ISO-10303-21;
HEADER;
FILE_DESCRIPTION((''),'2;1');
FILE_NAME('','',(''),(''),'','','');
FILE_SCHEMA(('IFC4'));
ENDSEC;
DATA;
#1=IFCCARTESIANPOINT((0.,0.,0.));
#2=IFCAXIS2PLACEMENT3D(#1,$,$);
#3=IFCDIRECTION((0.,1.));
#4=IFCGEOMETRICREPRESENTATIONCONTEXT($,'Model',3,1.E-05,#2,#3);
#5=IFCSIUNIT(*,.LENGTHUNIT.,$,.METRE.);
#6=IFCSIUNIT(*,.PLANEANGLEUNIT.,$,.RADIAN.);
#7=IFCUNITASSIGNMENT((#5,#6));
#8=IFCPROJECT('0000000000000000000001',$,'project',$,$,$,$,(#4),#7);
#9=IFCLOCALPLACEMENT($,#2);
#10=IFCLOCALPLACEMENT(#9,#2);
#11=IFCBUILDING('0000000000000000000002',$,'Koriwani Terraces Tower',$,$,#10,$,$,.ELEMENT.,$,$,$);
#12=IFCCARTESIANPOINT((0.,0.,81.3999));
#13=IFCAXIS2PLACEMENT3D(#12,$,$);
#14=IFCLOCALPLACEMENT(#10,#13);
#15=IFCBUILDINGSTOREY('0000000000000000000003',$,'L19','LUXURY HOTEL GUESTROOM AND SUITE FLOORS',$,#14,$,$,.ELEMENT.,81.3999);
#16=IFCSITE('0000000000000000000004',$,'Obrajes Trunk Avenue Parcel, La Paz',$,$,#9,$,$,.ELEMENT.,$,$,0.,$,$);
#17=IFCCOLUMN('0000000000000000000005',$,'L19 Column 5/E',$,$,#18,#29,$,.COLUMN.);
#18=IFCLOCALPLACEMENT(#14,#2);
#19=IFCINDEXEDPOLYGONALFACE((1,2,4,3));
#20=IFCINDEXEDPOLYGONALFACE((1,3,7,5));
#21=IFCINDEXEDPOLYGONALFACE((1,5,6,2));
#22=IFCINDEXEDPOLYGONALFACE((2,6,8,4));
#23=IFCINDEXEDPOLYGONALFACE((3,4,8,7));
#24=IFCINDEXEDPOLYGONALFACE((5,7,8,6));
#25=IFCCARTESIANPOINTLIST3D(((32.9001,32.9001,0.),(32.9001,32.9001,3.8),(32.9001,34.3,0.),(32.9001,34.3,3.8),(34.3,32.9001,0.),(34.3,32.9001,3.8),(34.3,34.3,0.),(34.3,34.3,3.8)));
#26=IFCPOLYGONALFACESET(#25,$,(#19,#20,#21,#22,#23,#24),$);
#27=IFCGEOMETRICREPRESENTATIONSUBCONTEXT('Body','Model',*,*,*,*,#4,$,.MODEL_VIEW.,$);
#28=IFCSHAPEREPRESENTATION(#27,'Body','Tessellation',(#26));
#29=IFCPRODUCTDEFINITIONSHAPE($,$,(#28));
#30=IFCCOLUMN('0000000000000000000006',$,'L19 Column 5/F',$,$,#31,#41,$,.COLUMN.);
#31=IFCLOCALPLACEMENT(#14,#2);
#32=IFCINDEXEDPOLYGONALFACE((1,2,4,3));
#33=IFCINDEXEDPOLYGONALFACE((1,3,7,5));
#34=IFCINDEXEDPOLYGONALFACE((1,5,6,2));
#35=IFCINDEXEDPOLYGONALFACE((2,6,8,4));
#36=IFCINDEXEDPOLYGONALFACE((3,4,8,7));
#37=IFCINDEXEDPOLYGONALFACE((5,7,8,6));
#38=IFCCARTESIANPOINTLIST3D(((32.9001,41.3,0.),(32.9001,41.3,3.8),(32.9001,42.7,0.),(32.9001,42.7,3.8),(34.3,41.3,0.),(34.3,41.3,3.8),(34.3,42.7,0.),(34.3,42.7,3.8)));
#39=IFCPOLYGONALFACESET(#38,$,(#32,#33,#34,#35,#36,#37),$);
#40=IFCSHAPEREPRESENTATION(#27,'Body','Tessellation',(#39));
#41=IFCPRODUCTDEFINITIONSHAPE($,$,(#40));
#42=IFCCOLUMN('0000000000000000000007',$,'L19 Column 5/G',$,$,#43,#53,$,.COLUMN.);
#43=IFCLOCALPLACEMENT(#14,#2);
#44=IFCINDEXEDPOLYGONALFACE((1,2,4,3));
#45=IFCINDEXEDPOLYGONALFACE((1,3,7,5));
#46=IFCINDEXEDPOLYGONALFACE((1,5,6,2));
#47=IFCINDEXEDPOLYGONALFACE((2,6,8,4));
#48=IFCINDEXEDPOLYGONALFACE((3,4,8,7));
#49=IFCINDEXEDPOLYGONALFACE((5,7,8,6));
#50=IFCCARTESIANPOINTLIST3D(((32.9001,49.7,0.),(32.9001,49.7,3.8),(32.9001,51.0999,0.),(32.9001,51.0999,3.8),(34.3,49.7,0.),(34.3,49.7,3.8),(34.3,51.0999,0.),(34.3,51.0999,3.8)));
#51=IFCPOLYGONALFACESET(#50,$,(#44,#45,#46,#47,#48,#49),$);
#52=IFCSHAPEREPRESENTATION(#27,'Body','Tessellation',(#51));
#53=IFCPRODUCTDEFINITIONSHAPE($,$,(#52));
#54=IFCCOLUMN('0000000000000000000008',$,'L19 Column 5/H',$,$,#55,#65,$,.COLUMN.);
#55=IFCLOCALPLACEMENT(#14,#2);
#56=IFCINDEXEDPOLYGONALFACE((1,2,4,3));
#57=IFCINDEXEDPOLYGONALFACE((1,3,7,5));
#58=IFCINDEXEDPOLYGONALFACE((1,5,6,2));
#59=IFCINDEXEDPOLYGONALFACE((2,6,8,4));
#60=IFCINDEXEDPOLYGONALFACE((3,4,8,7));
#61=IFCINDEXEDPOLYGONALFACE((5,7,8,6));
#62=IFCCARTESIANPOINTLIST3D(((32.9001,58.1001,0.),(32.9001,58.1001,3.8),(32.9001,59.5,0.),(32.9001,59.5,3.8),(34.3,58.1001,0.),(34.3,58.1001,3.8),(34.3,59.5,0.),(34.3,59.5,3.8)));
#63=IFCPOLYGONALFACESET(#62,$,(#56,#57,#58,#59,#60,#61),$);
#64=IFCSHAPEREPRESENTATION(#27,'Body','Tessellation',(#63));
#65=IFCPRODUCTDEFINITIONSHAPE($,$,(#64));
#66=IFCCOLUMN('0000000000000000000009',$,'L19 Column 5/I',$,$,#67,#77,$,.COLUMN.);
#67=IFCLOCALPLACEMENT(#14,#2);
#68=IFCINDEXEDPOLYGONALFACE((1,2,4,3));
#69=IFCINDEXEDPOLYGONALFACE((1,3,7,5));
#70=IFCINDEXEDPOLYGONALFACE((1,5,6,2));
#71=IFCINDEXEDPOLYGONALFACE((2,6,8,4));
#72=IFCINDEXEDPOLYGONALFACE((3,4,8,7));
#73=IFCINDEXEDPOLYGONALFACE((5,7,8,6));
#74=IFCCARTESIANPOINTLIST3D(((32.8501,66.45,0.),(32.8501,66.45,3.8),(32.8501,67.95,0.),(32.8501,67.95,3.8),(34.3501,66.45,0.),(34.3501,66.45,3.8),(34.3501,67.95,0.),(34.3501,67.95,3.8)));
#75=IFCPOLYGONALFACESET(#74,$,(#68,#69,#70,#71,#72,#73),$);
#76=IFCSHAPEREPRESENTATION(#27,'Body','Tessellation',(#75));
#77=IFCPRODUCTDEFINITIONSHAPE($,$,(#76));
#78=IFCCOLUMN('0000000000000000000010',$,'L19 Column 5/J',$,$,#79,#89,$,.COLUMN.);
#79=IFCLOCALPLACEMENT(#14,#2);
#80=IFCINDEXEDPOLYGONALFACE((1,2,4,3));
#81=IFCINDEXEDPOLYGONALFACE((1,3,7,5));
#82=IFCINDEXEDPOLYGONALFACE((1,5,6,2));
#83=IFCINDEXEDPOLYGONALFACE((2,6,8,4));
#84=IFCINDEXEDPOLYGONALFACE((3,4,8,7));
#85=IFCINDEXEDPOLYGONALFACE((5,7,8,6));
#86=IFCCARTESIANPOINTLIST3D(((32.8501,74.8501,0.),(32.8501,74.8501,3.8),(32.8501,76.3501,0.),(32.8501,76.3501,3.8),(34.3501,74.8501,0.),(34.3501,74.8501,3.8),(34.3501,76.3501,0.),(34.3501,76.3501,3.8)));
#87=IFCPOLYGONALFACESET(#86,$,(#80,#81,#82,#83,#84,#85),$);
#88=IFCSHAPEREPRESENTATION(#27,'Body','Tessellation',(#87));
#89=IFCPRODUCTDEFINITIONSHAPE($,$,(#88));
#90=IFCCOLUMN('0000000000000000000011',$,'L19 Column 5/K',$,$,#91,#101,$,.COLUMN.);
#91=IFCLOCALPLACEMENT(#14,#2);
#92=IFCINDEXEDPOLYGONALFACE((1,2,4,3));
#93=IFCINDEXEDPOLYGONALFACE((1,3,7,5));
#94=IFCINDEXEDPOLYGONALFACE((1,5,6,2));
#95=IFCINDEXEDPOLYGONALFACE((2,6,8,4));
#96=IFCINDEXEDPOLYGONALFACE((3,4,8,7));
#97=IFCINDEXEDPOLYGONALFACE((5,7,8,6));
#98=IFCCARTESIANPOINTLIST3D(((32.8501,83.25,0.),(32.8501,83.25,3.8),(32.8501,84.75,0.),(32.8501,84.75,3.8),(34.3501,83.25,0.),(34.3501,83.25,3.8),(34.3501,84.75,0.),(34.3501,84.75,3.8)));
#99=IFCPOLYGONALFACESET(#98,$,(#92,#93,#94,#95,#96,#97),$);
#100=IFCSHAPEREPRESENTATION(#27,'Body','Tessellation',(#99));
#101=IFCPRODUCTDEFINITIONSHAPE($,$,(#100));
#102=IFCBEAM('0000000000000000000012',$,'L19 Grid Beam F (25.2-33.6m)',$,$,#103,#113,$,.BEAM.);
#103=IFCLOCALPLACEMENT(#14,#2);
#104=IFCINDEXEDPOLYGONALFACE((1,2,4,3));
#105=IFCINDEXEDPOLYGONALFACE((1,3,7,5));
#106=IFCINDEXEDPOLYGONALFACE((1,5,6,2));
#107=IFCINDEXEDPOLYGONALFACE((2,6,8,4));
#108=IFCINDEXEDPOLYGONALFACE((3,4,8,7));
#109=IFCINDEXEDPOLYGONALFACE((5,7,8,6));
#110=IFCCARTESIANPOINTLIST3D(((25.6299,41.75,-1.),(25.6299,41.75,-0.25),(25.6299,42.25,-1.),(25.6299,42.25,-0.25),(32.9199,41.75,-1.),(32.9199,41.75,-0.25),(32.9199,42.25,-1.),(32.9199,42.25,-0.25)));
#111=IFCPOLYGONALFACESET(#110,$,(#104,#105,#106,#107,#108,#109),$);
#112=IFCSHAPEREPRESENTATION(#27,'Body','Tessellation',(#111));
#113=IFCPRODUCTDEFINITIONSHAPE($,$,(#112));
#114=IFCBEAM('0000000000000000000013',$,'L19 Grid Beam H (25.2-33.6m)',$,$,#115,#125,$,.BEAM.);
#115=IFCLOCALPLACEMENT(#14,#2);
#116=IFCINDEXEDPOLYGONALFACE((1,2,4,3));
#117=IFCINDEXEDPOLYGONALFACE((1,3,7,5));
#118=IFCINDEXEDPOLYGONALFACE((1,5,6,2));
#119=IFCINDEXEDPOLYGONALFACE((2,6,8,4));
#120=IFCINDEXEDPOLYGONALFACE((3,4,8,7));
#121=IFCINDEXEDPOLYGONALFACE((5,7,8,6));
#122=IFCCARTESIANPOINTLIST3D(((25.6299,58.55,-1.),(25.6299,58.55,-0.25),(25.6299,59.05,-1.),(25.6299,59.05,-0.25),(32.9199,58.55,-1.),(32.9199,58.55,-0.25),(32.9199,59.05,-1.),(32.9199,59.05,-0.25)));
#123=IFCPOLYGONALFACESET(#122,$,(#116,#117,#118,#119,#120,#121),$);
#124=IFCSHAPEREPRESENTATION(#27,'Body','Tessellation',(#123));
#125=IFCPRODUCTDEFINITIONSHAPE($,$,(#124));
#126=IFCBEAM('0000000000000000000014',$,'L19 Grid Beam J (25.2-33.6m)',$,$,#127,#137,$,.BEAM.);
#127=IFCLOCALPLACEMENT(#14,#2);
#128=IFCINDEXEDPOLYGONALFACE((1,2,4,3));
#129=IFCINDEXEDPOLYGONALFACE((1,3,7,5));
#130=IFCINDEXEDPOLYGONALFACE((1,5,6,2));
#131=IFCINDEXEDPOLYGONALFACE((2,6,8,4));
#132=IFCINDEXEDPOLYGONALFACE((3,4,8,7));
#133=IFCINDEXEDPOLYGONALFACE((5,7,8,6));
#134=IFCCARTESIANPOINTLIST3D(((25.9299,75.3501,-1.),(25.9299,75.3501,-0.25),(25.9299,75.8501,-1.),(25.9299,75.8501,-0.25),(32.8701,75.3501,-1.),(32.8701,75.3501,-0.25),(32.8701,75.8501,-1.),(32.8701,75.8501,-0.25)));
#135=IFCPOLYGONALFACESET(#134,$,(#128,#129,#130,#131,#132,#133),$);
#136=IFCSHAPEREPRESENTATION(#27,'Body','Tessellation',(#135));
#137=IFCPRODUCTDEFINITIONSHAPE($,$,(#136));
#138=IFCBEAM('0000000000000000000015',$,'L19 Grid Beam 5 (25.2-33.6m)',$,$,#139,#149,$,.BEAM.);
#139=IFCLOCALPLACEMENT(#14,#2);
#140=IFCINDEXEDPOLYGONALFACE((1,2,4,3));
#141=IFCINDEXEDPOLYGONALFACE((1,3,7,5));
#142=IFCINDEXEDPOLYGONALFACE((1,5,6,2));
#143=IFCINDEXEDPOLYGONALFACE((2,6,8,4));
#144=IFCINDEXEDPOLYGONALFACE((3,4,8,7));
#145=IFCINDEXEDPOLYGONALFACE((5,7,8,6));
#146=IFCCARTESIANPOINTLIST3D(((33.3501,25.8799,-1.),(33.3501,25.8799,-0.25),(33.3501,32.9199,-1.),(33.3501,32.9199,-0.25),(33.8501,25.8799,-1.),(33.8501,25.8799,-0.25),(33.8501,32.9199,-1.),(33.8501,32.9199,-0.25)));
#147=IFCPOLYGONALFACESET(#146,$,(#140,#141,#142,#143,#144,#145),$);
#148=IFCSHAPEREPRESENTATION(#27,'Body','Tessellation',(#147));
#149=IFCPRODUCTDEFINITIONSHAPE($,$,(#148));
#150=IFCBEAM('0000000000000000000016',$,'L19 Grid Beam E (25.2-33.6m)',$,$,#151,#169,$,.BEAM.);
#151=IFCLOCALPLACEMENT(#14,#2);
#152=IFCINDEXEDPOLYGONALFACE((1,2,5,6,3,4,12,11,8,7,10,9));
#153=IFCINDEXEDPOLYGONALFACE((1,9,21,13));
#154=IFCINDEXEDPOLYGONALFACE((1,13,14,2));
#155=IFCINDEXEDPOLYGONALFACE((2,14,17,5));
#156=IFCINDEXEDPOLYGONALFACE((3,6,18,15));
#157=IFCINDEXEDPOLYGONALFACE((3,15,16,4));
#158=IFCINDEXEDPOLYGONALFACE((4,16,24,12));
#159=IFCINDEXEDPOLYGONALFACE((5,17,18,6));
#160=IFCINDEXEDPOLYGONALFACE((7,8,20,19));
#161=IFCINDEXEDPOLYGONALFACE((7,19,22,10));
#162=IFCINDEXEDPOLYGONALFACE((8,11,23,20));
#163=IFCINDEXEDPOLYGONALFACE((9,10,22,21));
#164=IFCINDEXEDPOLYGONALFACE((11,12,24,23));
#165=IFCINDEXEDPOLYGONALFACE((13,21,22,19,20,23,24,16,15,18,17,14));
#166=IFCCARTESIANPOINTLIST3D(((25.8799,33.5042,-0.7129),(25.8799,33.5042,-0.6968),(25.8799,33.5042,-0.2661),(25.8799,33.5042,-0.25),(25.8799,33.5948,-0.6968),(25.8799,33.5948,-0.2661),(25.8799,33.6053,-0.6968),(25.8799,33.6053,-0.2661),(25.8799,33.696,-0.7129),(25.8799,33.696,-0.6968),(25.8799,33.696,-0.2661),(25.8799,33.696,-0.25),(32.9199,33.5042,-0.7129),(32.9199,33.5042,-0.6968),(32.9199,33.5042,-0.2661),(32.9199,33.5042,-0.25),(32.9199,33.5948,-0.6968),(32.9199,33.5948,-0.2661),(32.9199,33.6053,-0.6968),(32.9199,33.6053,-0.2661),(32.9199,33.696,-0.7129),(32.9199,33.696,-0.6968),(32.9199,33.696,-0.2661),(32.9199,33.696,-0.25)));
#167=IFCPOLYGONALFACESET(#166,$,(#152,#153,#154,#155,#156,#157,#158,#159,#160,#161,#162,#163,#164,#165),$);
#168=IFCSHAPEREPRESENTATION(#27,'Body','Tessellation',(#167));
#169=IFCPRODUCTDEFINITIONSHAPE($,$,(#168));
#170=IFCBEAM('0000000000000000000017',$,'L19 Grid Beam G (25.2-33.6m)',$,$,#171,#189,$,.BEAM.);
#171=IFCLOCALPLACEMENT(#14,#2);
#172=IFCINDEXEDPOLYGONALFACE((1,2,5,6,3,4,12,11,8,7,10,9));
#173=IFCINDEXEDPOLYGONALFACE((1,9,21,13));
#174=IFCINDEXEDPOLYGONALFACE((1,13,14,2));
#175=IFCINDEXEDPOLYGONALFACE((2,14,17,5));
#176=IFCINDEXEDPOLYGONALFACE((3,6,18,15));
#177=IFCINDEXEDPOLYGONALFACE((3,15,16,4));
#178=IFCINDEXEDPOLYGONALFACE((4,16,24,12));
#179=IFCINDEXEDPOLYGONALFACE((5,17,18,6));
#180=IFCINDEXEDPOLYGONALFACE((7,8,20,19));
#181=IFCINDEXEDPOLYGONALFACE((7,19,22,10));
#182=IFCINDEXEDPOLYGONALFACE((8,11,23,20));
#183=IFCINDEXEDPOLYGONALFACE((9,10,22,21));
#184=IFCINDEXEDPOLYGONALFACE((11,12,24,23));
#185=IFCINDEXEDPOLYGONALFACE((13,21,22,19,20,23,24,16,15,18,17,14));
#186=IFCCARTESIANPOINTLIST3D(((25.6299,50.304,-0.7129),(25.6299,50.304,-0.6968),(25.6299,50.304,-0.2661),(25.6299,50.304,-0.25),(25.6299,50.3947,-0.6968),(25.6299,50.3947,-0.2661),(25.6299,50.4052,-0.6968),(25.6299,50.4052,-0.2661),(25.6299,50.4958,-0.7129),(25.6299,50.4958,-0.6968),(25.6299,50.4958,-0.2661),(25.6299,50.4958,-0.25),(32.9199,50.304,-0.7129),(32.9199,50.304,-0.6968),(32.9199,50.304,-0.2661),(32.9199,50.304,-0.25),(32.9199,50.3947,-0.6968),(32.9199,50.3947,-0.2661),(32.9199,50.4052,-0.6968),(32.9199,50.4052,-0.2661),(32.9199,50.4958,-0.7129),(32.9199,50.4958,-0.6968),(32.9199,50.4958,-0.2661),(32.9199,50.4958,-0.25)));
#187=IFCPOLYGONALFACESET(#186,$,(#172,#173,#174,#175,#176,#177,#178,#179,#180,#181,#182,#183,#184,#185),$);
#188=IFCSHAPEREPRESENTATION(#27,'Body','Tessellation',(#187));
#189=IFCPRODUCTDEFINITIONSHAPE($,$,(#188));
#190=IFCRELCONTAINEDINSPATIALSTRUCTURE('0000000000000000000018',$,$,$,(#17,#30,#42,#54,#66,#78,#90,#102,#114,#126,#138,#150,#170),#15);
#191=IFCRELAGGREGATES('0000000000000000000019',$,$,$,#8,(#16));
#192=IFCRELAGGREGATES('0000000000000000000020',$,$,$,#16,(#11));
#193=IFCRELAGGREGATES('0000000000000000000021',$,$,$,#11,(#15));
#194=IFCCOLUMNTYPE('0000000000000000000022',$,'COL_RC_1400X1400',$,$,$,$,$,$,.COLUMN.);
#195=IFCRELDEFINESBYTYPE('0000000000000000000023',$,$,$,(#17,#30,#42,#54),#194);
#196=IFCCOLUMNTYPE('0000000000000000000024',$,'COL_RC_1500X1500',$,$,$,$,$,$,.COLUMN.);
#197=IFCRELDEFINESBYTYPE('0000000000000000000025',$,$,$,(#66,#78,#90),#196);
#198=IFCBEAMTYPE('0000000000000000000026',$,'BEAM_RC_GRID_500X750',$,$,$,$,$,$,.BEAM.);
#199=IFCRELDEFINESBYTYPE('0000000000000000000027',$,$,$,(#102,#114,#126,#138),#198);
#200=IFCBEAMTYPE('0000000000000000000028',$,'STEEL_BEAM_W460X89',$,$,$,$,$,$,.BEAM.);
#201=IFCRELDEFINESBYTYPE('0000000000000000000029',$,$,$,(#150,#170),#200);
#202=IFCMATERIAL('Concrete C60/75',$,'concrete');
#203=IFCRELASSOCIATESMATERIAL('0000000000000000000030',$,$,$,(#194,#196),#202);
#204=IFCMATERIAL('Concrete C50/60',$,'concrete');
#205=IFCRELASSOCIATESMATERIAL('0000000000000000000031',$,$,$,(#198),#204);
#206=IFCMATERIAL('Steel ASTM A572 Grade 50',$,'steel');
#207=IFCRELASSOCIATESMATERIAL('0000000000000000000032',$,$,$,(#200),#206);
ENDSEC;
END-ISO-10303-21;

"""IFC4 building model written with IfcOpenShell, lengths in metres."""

from ifc_helpers import new_model, si_unit, direction, frame, origin, origin_2d, place, context, subcontext, project, spatial, rectangle, i_section, extrude, material, material_profile, profile_set, type_object, element, save


model = new_model("IFC4")

# Units and contexts
model_context = context("Model", 3, precision=1e-05, world=origin(), true_north=direction((0.0, 1.0)))
body_context = subcontext(model_context, "Body", "Model", "MODEL_VIEW")
ifc_project = project(units=[si_unit("LENGTHUNIT", "METRE"), si_unit("PLANEANGLEUNIT", "RADIAN")], contexts=[model_context])

# Site, building, storey
site_placement = place(None, origin())
site = spatial("IfcSite", under=ifc_project, at=site_placement, Name="Obrajes Trunk Avenue Parcel, La Paz", CompositionType="ELEMENT", RefElevation=0.0)
building_placement = place(site_placement, origin())
building = spatial("IfcBuilding", under=site, at=building_placement, Name="Koriwani Terraces Tower", CompositionType="ELEMENT")
storey_placement = place(building_placement, frame((0.0, 0.0, 81.3999)))
storey = spatial("IfcBuildingStorey", under=building, at=storey_placement, Name="L19", Description="LUXURY HOTEL GUESTROOM AND SUITE FLOORS", CompositionType="ELEMENT", Elevation=81.3999)

# Columns
ifc_material_1 = material(Name="Concrete C60/75", Category="concrete")
ifc_material_profile_1 = material_profile(ifc_material_1, rectangle(XDim=1.3999, YDim=1.3999, at=origin_2d()), Name="Concrete C60/75", Category="LoadBearing")
ifc_profile_set_1 = profile_set([ifc_material_profile_1], Name="Concrete C60/75")
column_type_1 = type_object("IfcColumnType", Name="COL_RC_1400X1400", PredefinedType="COLUMN", material=ifc_profile_set_1)
for number, where, z_axis, x_axis, name in (
    (1, (33.6001, 33.6001, 0.0), (0.0, 0.0, 1.0), (1.0, 0.0, 0.0), "L19 Column 5/E"),
    (2, (33.6001, 42.0, 0.0), (0.0, 0.0, 1.0), (1.0, 0.0, 0.0), "L19 Column 5/F"),
    (3, (33.6001, 50.3999, 0.0), (0.0, 0.0, 1.0), (1.0, 0.0, 0.0), "L19 Column 5/G"),
    (4, (33.6001, 58.8, 0.0), (0.0, 0.0, 1.0), (1.0, 0.0, 0.0), "L19 Column 5/H"),
):
    element("IfcColumn", number, at=place(storey_placement, frame(where, z_axis=z_axis, x_axis=x_axis)), inside=storey, type_object=column_type_1, Name=name, PredefinedType="COLUMN", context=body_context, shape_type="SweptSolid", body=[
        extrude(rectangle(XDim=1.3999, YDim=1.3999, at=origin_2d()), origin(), (0.0, 0.0, 1.0), 3.8),
    ])
ifc_material_profile_2 = material_profile(ifc_material_1, rectangle(XDim=1.5, YDim=1.5, at=origin_2d()), Name="Concrete C60/75", Category="LoadBearing")
ifc_profile_set_2 = profile_set([ifc_material_profile_2], Name="Concrete C60/75")
column_type_2 = type_object("IfcColumnType", Name="COL_RC_1500X1500", PredefinedType="COLUMN", material=ifc_profile_set_2)
for number, where, z_axis, x_axis, name in (
    (5, (33.6001, 67.2, 0.0), (0.0, 0.0, 1.0), (1.0, 0.0, 0.0), "L19 Column 5/I"),
    (6, (33.6001, 75.6001, 0.0), (0.0, 0.0, 1.0), (1.0, 0.0, 0.0), "L19 Column 5/J"),
    (7, (33.6001, 84.0, 0.0), (0.0, 0.0, 1.0), (1.0, 0.0, 0.0), "L19 Column 5/K"),
):
    element("IfcColumn", number, at=place(storey_placement, frame(where, z_axis=z_axis, x_axis=x_axis)), inside=storey, type_object=column_type_2, Name=name, PredefinedType="COLUMN", context=body_context, shape_type="SweptSolid", body=[
        extrude(rectangle(XDim=1.5, YDim=1.5, at=origin_2d()), origin(), (0.0, 0.0, 1.0), 3.8),
    ])

# Beams
ifc_material_2 = material(Name="Concrete C50/60", Category="concrete")
ifc_material_profile_3 = material_profile(ifc_material_2, rectangle(XDim=0.5, YDim=0.75, at=origin_2d()), Name="Concrete C50/60", Category="LoadBearing")
ifc_profile_set_3 = profile_set([ifc_material_profile_3], Name="Concrete C50/60")
beam_type_1 = type_object("IfcBeamType", Name="BEAM_RC_GRID_500X750", PredefinedType="BEAM", material=ifc_profile_set_3)
for number, where, z_axis, x_axis, name in (
    (8, (25.6299, 42.0, -0.625), (1.0, 0.0, 0.0), (0.0, 1.0, 0.0), "L19 Grid Beam F (25.2-33.6m)"),
    (9, (25.6299, 58.8, -0.625), (1.0, 0.0, 0.0), (0.0, 1.0, 0.0), "L19 Grid Beam H (25.2-33.6m)"),
):
    element("IfcBeam", number, at=place(storey_placement, frame(where, z_axis=z_axis, x_axis=x_axis)), inside=storey, type_object=beam_type_1, Name=name, PredefinedType="BEAM", context=body_context, shape_type="SweptSolid", body=[
        extrude(rectangle(XDim=0.5, YDim=0.75, at=origin_2d()), origin(), (0.0, 0.0, 1.0), 7.29),
    ])
beam_1_placement = place(storey_placement, frame((25.9299, 75.6001, -0.625), z_axis=(1.0, 0.0, 0.0), x_axis=(0.0, 1.0, 0.0)))
element("IfcBeam", 10, at=beam_1_placement, inside=storey, type_object=beam_type_1, Name="L19 Grid Beam J (25.2-33.6m)", PredefinedType="BEAM", context=body_context, shape_type="SweptSolid", body=[
    extrude(rectangle(XDim=0.5, YDim=0.75, at=origin_2d()), origin(), (0.0, 0.0, 1.0), 6.9402),
])
beam_2_placement = place(storey_placement, frame((33.6001, 25.8799, -0.625), z_axis=(0.0, 1.0, 0.0), x_axis=(-1.0, 0.0, 0.0)))
element("IfcBeam", 11, at=beam_2_placement, inside=storey, type_object=beam_type_1, Name="L19 Grid Beam 5 (25.2-33.6m)", PredefinedType="BEAM", context=body_context, shape_type="SweptSolid", body=[
    extrude(rectangle(XDim=0.5, YDim=0.75, at=origin_2d()), origin(), (0.0, 0.0, 1.0), 7.04),
])
ifc_material_3 = material(Name="Steel ASTM A572 Grade 50", Category="steel")
ifc_material_profile_4 = material_profile(ifc_material_3, i_section(OverallWidth=0.1919, OverallDepth=0.4629, WebThickness=0.0105, FlangeThickness=0.0161, at=origin_2d()), Name="Steel ASTM A572 Grade 50", Category="LoadBearing")
ifc_profile_set_4 = profile_set([ifc_material_profile_4], Name="Steel ASTM A572 Grade 50")
beam_type_2 = type_object("IfcBeamType", Name="STEEL_BEAM_W460X89", PredefinedType="BEAM", material=ifc_profile_set_4)
beam_3_placement = place(storey_placement, frame((25.8799, 33.6001, -0.4814), z_axis=(1.0, 0.0, 0.0), x_axis=(0.0, 1.0, 0.0)))
element("IfcBeam", 12, at=beam_3_placement, inside=storey, type_object=beam_type_2, Name="L19 Grid Beam E (25.2-33.6m)", PredefinedType="BEAM", context=body_context, shape_type="SweptSolid", body=[
    extrude(i_section(OverallWidth=0.1919, OverallDepth=0.4629, WebThickness=0.0105, FlangeThickness=0.0161, at=origin_2d()), origin(), (0.0, 0.0, 1.0), 7.04),
])
beam_4_placement = place(storey_placement, frame((25.6299, 50.3999, -0.4814), z_axis=(1.0, 0.0, 0.0), x_axis=(0.0, 1.0, 0.0)))
element("IfcBeam", 13, at=beam_4_placement, inside=storey, type_object=beam_type_2, Name="L19 Grid Beam G (25.2-33.6m)", PredefinedType="BEAM", context=body_context, shape_type="SweptSolid", body=[
    extrude(i_section(OverallWidth=0.1919, OverallDepth=0.4629, WebThickness=0.0105, FlangeThickness=0.0161, at=origin_2d()), origin(), (0.0, 0.0, 1.0), 7.29),
])

save(model, "model.ifc")
